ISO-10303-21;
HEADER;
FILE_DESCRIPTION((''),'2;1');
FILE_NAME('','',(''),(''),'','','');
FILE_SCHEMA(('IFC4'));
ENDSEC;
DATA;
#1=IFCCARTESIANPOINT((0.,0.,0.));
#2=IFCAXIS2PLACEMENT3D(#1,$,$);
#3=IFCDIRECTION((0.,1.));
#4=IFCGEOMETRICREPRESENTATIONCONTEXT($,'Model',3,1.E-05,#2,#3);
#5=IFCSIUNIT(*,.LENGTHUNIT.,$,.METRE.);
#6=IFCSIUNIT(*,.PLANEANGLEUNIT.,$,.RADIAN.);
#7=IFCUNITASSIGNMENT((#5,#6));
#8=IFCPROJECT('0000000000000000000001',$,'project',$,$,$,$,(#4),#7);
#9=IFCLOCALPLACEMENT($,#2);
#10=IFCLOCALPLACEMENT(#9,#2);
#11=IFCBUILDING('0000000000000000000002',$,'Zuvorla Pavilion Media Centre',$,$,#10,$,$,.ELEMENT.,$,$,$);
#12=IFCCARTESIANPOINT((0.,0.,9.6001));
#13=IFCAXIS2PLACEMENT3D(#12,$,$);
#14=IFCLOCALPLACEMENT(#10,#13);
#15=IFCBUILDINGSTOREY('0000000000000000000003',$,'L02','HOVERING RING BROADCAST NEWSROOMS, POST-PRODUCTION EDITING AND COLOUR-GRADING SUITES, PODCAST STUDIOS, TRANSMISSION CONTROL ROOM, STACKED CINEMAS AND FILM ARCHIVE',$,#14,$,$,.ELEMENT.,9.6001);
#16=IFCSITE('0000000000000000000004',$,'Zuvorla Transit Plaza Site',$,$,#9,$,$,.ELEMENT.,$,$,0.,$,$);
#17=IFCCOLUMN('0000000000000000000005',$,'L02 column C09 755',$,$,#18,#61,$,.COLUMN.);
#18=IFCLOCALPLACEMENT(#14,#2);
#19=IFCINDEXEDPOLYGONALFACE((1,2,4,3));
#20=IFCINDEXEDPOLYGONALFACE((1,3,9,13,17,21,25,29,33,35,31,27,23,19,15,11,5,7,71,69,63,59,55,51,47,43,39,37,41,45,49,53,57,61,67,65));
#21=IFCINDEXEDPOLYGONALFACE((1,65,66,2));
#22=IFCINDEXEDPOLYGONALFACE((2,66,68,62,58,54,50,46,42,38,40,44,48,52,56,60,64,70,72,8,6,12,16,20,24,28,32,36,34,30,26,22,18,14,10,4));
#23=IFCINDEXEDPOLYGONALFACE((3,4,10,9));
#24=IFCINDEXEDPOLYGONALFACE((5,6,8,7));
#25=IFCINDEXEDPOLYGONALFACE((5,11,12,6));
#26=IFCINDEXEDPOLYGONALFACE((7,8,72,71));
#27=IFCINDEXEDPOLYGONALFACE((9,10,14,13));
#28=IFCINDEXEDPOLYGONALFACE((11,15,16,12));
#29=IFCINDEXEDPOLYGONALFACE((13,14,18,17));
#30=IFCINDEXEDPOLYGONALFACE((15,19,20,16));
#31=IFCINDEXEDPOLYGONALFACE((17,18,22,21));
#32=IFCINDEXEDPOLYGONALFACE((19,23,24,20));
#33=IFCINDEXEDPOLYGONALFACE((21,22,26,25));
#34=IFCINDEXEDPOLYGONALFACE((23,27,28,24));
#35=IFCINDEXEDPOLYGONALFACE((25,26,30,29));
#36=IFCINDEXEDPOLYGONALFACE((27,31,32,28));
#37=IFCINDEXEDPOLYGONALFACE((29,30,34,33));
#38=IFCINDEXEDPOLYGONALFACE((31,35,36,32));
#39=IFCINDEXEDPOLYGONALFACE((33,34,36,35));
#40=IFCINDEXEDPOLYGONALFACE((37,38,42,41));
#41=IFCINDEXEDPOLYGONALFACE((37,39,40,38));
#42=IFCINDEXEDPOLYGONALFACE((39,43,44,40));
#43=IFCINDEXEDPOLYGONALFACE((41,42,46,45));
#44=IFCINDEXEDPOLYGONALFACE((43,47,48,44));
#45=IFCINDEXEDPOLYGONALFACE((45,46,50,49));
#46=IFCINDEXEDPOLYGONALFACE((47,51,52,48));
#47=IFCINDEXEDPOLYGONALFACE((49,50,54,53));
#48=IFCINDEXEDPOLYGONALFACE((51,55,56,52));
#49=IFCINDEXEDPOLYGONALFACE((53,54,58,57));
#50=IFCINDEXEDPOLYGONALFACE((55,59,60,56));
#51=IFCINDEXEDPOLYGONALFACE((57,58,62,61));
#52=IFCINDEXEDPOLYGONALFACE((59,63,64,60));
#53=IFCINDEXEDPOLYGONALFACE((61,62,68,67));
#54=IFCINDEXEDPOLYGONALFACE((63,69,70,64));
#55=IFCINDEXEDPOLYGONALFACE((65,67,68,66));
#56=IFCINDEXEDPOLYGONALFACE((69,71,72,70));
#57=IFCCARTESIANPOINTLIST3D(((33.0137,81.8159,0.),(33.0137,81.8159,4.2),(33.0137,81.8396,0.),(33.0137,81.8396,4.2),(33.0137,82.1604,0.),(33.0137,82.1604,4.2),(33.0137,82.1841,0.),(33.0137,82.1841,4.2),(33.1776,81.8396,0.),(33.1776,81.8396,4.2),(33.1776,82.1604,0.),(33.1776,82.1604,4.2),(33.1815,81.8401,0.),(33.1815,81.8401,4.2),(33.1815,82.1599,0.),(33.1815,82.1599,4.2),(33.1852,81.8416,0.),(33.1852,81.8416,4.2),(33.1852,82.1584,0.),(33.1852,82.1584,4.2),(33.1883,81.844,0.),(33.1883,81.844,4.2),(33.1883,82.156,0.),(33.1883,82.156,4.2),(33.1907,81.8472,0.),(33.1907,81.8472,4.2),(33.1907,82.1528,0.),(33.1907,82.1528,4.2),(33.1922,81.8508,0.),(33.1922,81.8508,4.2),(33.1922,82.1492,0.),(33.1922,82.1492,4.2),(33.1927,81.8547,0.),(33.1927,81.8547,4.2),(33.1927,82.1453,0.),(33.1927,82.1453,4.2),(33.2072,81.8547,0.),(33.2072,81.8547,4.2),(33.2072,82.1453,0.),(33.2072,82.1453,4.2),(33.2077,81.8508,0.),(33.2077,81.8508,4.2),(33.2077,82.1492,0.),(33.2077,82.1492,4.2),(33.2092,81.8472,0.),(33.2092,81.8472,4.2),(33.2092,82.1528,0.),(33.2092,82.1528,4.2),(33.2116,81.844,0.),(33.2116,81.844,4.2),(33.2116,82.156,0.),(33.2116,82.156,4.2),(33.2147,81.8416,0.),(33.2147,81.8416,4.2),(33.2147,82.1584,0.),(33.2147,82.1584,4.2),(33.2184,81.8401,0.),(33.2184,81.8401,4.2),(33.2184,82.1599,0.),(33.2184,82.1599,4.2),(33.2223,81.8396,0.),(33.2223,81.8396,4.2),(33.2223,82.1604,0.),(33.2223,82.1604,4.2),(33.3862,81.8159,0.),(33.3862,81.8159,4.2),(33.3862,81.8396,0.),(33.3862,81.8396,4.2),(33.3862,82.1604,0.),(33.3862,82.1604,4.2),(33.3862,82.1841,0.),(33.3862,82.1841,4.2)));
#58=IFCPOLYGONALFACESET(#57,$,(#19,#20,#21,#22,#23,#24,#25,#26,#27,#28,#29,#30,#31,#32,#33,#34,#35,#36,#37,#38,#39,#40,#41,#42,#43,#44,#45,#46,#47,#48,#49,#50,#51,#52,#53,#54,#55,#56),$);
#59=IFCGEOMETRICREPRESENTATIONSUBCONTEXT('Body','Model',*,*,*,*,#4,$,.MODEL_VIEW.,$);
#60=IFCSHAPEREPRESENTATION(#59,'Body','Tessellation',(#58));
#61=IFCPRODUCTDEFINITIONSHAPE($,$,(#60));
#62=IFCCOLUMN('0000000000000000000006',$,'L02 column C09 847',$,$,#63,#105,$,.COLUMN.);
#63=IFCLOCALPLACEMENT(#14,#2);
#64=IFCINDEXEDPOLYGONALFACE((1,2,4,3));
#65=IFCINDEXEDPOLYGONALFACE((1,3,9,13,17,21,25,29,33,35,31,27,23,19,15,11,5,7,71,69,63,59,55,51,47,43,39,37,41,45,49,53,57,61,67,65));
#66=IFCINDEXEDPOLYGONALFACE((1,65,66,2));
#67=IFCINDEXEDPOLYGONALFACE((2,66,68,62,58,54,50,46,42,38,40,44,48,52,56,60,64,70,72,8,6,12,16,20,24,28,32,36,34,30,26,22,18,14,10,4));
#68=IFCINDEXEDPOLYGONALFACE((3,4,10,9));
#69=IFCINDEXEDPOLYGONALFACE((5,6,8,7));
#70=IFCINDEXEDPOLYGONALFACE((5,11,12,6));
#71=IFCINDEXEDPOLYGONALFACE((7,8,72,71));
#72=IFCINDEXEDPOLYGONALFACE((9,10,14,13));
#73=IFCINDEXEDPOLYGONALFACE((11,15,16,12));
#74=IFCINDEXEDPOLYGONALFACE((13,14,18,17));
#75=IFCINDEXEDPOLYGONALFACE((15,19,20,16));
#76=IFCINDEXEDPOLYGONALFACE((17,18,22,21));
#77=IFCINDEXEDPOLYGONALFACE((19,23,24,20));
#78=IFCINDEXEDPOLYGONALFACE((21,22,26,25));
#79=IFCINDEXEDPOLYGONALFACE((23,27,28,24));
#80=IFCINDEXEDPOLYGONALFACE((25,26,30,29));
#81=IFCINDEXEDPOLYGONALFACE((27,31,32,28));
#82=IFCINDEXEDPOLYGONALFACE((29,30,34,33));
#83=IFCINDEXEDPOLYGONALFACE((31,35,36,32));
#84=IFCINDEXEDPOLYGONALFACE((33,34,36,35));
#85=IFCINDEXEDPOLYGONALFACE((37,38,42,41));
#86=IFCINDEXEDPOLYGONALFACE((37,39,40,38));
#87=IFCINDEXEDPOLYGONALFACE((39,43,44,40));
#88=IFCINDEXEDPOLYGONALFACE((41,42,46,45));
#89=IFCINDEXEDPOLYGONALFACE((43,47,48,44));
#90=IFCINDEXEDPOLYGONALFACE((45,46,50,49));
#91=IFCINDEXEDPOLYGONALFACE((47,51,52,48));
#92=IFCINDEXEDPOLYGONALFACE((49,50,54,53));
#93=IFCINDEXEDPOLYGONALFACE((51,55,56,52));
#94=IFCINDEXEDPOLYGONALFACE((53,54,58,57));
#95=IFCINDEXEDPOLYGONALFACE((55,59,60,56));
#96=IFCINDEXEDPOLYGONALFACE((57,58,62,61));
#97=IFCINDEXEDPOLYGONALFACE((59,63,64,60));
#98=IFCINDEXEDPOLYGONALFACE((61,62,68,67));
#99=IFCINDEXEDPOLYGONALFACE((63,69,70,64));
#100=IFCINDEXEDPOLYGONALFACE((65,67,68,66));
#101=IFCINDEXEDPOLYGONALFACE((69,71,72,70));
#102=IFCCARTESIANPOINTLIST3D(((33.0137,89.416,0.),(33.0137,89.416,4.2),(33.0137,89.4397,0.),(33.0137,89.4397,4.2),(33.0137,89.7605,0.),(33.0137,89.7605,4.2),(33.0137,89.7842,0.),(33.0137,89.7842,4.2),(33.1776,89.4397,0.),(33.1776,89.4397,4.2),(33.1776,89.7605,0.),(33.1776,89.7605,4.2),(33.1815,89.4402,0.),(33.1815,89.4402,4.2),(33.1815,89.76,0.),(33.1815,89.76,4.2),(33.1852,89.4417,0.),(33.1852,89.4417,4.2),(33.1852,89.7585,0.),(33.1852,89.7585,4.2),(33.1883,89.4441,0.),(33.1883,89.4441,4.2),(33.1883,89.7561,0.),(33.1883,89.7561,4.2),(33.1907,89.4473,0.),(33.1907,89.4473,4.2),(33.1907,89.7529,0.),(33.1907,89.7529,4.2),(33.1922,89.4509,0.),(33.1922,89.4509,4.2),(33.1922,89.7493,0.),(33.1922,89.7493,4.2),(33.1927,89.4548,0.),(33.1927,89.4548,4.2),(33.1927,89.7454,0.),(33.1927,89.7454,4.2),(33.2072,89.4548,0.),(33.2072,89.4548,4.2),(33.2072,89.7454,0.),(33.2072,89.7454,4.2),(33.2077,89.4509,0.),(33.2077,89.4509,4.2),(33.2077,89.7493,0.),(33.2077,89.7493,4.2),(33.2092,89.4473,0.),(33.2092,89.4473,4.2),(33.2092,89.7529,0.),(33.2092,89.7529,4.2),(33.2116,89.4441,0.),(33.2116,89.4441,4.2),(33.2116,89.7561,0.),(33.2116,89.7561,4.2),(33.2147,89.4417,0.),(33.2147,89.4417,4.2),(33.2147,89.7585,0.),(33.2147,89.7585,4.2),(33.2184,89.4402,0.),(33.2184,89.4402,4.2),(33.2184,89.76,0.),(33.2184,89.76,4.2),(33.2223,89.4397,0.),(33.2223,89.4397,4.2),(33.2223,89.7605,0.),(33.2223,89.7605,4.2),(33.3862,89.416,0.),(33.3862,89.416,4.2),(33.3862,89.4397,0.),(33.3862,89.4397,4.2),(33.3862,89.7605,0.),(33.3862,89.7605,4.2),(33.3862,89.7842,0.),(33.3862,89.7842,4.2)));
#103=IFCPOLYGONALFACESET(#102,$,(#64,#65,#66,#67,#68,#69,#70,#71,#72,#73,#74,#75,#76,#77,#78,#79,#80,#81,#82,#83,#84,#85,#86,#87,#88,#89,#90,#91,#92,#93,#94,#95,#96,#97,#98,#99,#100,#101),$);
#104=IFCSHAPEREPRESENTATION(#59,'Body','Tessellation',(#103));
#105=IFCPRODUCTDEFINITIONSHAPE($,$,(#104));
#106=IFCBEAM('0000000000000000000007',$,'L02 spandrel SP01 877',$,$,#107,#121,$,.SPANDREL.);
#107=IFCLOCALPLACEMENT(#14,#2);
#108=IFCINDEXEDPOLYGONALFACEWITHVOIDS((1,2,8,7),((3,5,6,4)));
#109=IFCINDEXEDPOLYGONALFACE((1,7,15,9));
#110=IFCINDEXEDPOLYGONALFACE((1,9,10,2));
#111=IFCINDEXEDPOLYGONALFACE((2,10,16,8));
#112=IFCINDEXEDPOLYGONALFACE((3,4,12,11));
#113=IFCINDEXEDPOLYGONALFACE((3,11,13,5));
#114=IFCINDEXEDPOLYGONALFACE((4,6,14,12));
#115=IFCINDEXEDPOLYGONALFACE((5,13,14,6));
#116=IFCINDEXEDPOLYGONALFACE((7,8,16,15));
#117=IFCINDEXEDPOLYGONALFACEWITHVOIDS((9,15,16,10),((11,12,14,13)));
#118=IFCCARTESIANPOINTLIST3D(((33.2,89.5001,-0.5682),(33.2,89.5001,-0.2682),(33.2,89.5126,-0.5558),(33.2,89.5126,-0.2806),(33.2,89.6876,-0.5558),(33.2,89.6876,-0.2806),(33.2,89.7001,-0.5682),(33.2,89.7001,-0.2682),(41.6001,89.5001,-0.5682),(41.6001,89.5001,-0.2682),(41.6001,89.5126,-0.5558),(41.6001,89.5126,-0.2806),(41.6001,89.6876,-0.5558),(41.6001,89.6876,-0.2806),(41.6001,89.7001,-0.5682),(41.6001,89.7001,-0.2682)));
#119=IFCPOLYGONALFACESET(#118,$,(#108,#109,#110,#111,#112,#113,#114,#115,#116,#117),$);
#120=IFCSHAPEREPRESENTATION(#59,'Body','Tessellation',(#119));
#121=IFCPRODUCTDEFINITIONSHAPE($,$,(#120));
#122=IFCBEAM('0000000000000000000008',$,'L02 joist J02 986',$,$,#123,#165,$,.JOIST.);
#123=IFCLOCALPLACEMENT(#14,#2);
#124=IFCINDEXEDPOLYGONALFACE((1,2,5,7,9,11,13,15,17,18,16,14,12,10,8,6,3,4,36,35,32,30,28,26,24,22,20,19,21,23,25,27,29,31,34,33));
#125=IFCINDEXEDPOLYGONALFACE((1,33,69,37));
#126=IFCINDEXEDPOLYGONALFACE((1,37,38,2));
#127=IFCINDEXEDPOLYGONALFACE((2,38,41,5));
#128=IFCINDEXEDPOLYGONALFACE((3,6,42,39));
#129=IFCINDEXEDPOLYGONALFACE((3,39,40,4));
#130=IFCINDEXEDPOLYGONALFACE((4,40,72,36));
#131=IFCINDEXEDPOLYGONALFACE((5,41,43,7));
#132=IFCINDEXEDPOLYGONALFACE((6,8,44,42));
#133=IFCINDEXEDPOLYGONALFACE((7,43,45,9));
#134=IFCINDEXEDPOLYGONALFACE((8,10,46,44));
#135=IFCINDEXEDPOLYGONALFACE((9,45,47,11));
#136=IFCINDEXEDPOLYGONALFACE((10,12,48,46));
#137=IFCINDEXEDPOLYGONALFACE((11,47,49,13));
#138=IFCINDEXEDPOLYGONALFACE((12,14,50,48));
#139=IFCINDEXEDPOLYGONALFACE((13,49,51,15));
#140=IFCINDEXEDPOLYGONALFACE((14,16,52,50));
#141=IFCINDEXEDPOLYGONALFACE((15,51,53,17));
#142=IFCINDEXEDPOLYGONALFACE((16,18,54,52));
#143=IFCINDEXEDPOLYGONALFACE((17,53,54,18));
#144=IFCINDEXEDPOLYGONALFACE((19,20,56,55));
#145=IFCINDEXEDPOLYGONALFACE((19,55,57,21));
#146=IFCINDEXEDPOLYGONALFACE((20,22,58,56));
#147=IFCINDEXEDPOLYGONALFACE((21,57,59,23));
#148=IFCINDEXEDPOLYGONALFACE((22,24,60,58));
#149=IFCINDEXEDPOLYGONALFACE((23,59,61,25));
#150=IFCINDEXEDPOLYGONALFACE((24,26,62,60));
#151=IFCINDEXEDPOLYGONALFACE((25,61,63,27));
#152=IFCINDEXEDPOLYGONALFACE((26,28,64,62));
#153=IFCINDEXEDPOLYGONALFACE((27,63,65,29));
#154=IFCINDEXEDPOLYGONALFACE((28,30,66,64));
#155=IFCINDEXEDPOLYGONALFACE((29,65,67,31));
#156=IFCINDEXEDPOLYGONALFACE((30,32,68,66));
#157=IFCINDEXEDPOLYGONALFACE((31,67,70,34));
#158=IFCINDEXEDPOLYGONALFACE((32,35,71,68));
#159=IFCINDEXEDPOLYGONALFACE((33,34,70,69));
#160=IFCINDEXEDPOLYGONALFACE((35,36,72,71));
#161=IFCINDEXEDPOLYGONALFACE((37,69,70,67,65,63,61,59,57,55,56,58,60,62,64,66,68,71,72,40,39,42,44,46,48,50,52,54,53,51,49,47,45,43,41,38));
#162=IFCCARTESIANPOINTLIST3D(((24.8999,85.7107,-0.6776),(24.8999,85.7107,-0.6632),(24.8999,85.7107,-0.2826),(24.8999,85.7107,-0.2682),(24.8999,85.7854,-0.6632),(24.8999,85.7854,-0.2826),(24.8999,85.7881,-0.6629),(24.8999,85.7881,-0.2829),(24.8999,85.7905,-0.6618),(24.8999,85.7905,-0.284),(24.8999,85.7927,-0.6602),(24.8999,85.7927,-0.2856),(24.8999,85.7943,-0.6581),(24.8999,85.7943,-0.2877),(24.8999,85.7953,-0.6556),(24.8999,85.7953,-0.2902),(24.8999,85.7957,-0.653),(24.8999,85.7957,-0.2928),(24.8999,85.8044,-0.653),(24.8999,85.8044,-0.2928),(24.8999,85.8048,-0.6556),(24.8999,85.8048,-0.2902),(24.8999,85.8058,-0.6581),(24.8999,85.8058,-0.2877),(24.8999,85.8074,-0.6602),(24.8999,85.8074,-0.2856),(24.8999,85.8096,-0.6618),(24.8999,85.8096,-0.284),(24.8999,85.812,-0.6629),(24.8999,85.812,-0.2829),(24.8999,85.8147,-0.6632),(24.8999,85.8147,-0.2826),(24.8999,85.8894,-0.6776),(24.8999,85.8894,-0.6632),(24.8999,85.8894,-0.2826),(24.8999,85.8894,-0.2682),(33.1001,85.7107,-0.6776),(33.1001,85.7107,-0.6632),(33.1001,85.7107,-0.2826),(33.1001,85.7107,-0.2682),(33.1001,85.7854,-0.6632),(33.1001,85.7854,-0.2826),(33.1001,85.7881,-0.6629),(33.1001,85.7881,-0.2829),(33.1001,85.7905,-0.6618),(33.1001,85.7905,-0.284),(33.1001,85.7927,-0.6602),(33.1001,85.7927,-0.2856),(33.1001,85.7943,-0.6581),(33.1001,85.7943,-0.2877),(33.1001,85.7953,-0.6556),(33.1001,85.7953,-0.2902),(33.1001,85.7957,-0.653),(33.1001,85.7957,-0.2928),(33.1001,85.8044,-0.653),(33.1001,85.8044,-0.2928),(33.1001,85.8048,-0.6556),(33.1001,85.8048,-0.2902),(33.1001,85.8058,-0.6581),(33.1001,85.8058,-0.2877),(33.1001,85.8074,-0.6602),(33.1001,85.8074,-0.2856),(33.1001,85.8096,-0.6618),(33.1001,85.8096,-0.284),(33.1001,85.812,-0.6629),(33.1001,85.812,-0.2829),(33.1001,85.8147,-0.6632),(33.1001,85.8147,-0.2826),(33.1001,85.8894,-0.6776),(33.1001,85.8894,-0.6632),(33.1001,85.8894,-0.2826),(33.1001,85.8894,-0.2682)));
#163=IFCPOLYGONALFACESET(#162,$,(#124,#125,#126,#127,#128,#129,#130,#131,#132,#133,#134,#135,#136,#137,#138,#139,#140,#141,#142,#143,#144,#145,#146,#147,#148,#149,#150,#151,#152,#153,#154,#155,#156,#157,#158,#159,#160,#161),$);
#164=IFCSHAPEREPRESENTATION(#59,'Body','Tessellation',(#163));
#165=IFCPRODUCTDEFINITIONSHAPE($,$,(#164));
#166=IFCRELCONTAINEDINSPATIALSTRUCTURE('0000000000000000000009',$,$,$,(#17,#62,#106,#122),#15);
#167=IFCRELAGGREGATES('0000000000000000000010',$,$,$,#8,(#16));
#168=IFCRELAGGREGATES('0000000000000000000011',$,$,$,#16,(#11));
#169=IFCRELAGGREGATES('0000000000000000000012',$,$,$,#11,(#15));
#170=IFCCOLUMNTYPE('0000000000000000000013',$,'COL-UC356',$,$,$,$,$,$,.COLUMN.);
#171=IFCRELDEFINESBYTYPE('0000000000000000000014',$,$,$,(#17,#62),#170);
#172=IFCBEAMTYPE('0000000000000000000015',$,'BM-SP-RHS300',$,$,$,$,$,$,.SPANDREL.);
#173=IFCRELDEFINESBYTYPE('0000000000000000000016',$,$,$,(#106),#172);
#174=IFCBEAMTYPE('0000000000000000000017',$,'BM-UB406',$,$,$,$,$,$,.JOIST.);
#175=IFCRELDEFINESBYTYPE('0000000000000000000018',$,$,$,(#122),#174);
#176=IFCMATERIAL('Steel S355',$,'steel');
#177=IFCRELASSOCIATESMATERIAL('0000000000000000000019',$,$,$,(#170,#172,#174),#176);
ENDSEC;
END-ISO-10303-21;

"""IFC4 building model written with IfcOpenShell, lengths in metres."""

from ifc_helpers import new_model, si_unit, direction, frame, origin, origin_2d, place, context, subcontext, project, spatial, hollow_rectangle, i_section, extrude, material, material_profile, profile_set, type_object, element, save


model = new_model("IFC4")

# Units and contexts
model_context = context("Model", 3, precision=1e-05, world=origin(), true_north=direction((0.0, 1.0)))
body_context = subcontext(model_context, "Body", "Model", "MODEL_VIEW")
ifc_project = project(units=[si_unit("LENGTHUNIT", "METRE"), si_unit("PLANEANGLEUNIT", "RADIAN")], contexts=[model_context])

# Site, building, storey
site_placement = place(None, origin())
site = spatial("IfcSite", under=ifc_project, at=site_placement, Name="Zuvorla Transit Plaza Site", CompositionType="ELEMENT", RefElevation=0.0)
building_placement = place(site_placement, origin())
building = spatial("IfcBuilding", under=site, at=building_placement, Name="Zuvorla Pavilion Media Centre", CompositionType="ELEMENT")
storey_placement = place(building_placement, frame((0.0, 0.0, 9.6001)))
storey = spatial("IfcBuildingStorey", under=building, at=storey_placement, Name="L02", Description="HOVERING RING BROADCAST NEWSROOMS, POST-PRODUCTION EDITING AND COLOUR-GRADING SUITES, PODCAST STUDIOS, TRANSMISSION CONTROL ROOM, STACKED CINEMAS AND FILM ARCHIVE", CompositionType="ELEMENT", Elevation=9.6001)

# Columns
ifc_material_1 = material(Name="Steel S355", Category="steel")
ifc_material_profile_1 = material_profile(ifc_material_1, i_section(OverallWidth=0.3726, OverallDepth=0.3682, WebThickness=0.0144, FlangeThickness=0.0237, FilletRadius=0.0151, at=origin_2d()), Name="UC 356x368x177")
ifc_profile_set_1 = profile_set([ifc_material_profile_1], Name="Steel S355")
column_type = type_object("IfcColumnType", Name="COL-UC356", PredefinedType="COLUMN", material=ifc_profile_set_1)
for number, where, z_axis, x_axis, name in (
    (1, (33.2, 82.0, 0.0), (0.0, 0.0, 1.0), (1.0, 0.0, 0.0), "L02 column C09 755"),
    (2, (33.2, 89.6001, 0.0), (0.0, 0.0, 1.0), (1.0, 0.0, 0.0), "L02 column C09 847"),
):
    element("IfcColumn", number, at=place(storey_placement, frame(where, z_axis=z_axis, x_axis=x_axis)), inside=storey, type_object=column_type, Name=name, PredefinedType="COLUMN", context=body_context, shape_type="SweptSolid", body=[
        extrude(i_section(OverallWidth=0.3726, OverallDepth=0.3682, WebThickness=0.0144, FlangeThickness=0.0237, FilletRadius=0.0151, at=origin_2d()), origin(), (0.0, 0.0, 1.0), 4.2),
    ])

# Beams
ifc_material_profile_2 = material_profile(ifc_material_1, hollow_rectangle(XDim=0.2, YDim=0.3, WallThickness=0.0125, at=origin_2d()), Name="RHS 300x200x12.5")
ifc_profile_set_2 = profile_set([ifc_material_profile_2], Name="Steel S355")
beam_type_1 = type_object("IfcBeamType", Name="BM-SP-RHS300", PredefinedType="SPANDREL", material=ifc_profile_set_2)
beam_1_placement = place(storey_placement, frame((33.2, 89.6001, -0.4182), z_axis=(1.0, 0.0, 0.0), x_axis=(0.0, 1.0, 0.0)))
element("IfcBeam", 3, at=beam_1_placement, inside=storey, type_object=beam_type_1, Name="L02 spandrel SP01 877", PredefinedType="SPANDREL", context=body_context, shape_type="SweptSolid", body=[
    extrude(hollow_rectangle(XDim=0.2, YDim=0.3, WallThickness=0.0125, at=origin_2d()), origin(), (0.0, 0.0, 1.0), 8.4001),
])
ifc_material_profile_3 = material_profile(ifc_material_1, i_section(OverallWidth=0.1787, OverallDepth=0.4094, WebThickness=0.0088, FlangeThickness=0.0144, FilletRadius=0.0103, at=origin_2d()), Name="UB 406x178x67")
ifc_profile_set_3 = profile_set([ifc_material_profile_3], Name="Steel S355")
beam_type_2 = type_object("IfcBeamType", Name="BM-UB406", PredefinedType="JOIST", material=ifc_profile_set_3)
beam_2_placement = place(storey_placement, frame((24.8999, 85.8, -0.4729), z_axis=(1.0, 0.0, 0.0), x_axis=(0.0, 1.0, 0.0)))
element("IfcBeam", 4, at=beam_2_placement, inside=storey, type_object=beam_type_2, Name="L02 joist J02 986", PredefinedType="JOIST", context=body_context, shape_type="SweptSolid", body=[
    extrude(i_section(OverallWidth=0.1787, OverallDepth=0.4094, WebThickness=0.0088, FlangeThickness=0.0144, FilletRadius=0.0103, at=origin_2d()), origin(), (0.0, 0.0, 1.0), 8.2002),
])

save(model, "model.ifc")
